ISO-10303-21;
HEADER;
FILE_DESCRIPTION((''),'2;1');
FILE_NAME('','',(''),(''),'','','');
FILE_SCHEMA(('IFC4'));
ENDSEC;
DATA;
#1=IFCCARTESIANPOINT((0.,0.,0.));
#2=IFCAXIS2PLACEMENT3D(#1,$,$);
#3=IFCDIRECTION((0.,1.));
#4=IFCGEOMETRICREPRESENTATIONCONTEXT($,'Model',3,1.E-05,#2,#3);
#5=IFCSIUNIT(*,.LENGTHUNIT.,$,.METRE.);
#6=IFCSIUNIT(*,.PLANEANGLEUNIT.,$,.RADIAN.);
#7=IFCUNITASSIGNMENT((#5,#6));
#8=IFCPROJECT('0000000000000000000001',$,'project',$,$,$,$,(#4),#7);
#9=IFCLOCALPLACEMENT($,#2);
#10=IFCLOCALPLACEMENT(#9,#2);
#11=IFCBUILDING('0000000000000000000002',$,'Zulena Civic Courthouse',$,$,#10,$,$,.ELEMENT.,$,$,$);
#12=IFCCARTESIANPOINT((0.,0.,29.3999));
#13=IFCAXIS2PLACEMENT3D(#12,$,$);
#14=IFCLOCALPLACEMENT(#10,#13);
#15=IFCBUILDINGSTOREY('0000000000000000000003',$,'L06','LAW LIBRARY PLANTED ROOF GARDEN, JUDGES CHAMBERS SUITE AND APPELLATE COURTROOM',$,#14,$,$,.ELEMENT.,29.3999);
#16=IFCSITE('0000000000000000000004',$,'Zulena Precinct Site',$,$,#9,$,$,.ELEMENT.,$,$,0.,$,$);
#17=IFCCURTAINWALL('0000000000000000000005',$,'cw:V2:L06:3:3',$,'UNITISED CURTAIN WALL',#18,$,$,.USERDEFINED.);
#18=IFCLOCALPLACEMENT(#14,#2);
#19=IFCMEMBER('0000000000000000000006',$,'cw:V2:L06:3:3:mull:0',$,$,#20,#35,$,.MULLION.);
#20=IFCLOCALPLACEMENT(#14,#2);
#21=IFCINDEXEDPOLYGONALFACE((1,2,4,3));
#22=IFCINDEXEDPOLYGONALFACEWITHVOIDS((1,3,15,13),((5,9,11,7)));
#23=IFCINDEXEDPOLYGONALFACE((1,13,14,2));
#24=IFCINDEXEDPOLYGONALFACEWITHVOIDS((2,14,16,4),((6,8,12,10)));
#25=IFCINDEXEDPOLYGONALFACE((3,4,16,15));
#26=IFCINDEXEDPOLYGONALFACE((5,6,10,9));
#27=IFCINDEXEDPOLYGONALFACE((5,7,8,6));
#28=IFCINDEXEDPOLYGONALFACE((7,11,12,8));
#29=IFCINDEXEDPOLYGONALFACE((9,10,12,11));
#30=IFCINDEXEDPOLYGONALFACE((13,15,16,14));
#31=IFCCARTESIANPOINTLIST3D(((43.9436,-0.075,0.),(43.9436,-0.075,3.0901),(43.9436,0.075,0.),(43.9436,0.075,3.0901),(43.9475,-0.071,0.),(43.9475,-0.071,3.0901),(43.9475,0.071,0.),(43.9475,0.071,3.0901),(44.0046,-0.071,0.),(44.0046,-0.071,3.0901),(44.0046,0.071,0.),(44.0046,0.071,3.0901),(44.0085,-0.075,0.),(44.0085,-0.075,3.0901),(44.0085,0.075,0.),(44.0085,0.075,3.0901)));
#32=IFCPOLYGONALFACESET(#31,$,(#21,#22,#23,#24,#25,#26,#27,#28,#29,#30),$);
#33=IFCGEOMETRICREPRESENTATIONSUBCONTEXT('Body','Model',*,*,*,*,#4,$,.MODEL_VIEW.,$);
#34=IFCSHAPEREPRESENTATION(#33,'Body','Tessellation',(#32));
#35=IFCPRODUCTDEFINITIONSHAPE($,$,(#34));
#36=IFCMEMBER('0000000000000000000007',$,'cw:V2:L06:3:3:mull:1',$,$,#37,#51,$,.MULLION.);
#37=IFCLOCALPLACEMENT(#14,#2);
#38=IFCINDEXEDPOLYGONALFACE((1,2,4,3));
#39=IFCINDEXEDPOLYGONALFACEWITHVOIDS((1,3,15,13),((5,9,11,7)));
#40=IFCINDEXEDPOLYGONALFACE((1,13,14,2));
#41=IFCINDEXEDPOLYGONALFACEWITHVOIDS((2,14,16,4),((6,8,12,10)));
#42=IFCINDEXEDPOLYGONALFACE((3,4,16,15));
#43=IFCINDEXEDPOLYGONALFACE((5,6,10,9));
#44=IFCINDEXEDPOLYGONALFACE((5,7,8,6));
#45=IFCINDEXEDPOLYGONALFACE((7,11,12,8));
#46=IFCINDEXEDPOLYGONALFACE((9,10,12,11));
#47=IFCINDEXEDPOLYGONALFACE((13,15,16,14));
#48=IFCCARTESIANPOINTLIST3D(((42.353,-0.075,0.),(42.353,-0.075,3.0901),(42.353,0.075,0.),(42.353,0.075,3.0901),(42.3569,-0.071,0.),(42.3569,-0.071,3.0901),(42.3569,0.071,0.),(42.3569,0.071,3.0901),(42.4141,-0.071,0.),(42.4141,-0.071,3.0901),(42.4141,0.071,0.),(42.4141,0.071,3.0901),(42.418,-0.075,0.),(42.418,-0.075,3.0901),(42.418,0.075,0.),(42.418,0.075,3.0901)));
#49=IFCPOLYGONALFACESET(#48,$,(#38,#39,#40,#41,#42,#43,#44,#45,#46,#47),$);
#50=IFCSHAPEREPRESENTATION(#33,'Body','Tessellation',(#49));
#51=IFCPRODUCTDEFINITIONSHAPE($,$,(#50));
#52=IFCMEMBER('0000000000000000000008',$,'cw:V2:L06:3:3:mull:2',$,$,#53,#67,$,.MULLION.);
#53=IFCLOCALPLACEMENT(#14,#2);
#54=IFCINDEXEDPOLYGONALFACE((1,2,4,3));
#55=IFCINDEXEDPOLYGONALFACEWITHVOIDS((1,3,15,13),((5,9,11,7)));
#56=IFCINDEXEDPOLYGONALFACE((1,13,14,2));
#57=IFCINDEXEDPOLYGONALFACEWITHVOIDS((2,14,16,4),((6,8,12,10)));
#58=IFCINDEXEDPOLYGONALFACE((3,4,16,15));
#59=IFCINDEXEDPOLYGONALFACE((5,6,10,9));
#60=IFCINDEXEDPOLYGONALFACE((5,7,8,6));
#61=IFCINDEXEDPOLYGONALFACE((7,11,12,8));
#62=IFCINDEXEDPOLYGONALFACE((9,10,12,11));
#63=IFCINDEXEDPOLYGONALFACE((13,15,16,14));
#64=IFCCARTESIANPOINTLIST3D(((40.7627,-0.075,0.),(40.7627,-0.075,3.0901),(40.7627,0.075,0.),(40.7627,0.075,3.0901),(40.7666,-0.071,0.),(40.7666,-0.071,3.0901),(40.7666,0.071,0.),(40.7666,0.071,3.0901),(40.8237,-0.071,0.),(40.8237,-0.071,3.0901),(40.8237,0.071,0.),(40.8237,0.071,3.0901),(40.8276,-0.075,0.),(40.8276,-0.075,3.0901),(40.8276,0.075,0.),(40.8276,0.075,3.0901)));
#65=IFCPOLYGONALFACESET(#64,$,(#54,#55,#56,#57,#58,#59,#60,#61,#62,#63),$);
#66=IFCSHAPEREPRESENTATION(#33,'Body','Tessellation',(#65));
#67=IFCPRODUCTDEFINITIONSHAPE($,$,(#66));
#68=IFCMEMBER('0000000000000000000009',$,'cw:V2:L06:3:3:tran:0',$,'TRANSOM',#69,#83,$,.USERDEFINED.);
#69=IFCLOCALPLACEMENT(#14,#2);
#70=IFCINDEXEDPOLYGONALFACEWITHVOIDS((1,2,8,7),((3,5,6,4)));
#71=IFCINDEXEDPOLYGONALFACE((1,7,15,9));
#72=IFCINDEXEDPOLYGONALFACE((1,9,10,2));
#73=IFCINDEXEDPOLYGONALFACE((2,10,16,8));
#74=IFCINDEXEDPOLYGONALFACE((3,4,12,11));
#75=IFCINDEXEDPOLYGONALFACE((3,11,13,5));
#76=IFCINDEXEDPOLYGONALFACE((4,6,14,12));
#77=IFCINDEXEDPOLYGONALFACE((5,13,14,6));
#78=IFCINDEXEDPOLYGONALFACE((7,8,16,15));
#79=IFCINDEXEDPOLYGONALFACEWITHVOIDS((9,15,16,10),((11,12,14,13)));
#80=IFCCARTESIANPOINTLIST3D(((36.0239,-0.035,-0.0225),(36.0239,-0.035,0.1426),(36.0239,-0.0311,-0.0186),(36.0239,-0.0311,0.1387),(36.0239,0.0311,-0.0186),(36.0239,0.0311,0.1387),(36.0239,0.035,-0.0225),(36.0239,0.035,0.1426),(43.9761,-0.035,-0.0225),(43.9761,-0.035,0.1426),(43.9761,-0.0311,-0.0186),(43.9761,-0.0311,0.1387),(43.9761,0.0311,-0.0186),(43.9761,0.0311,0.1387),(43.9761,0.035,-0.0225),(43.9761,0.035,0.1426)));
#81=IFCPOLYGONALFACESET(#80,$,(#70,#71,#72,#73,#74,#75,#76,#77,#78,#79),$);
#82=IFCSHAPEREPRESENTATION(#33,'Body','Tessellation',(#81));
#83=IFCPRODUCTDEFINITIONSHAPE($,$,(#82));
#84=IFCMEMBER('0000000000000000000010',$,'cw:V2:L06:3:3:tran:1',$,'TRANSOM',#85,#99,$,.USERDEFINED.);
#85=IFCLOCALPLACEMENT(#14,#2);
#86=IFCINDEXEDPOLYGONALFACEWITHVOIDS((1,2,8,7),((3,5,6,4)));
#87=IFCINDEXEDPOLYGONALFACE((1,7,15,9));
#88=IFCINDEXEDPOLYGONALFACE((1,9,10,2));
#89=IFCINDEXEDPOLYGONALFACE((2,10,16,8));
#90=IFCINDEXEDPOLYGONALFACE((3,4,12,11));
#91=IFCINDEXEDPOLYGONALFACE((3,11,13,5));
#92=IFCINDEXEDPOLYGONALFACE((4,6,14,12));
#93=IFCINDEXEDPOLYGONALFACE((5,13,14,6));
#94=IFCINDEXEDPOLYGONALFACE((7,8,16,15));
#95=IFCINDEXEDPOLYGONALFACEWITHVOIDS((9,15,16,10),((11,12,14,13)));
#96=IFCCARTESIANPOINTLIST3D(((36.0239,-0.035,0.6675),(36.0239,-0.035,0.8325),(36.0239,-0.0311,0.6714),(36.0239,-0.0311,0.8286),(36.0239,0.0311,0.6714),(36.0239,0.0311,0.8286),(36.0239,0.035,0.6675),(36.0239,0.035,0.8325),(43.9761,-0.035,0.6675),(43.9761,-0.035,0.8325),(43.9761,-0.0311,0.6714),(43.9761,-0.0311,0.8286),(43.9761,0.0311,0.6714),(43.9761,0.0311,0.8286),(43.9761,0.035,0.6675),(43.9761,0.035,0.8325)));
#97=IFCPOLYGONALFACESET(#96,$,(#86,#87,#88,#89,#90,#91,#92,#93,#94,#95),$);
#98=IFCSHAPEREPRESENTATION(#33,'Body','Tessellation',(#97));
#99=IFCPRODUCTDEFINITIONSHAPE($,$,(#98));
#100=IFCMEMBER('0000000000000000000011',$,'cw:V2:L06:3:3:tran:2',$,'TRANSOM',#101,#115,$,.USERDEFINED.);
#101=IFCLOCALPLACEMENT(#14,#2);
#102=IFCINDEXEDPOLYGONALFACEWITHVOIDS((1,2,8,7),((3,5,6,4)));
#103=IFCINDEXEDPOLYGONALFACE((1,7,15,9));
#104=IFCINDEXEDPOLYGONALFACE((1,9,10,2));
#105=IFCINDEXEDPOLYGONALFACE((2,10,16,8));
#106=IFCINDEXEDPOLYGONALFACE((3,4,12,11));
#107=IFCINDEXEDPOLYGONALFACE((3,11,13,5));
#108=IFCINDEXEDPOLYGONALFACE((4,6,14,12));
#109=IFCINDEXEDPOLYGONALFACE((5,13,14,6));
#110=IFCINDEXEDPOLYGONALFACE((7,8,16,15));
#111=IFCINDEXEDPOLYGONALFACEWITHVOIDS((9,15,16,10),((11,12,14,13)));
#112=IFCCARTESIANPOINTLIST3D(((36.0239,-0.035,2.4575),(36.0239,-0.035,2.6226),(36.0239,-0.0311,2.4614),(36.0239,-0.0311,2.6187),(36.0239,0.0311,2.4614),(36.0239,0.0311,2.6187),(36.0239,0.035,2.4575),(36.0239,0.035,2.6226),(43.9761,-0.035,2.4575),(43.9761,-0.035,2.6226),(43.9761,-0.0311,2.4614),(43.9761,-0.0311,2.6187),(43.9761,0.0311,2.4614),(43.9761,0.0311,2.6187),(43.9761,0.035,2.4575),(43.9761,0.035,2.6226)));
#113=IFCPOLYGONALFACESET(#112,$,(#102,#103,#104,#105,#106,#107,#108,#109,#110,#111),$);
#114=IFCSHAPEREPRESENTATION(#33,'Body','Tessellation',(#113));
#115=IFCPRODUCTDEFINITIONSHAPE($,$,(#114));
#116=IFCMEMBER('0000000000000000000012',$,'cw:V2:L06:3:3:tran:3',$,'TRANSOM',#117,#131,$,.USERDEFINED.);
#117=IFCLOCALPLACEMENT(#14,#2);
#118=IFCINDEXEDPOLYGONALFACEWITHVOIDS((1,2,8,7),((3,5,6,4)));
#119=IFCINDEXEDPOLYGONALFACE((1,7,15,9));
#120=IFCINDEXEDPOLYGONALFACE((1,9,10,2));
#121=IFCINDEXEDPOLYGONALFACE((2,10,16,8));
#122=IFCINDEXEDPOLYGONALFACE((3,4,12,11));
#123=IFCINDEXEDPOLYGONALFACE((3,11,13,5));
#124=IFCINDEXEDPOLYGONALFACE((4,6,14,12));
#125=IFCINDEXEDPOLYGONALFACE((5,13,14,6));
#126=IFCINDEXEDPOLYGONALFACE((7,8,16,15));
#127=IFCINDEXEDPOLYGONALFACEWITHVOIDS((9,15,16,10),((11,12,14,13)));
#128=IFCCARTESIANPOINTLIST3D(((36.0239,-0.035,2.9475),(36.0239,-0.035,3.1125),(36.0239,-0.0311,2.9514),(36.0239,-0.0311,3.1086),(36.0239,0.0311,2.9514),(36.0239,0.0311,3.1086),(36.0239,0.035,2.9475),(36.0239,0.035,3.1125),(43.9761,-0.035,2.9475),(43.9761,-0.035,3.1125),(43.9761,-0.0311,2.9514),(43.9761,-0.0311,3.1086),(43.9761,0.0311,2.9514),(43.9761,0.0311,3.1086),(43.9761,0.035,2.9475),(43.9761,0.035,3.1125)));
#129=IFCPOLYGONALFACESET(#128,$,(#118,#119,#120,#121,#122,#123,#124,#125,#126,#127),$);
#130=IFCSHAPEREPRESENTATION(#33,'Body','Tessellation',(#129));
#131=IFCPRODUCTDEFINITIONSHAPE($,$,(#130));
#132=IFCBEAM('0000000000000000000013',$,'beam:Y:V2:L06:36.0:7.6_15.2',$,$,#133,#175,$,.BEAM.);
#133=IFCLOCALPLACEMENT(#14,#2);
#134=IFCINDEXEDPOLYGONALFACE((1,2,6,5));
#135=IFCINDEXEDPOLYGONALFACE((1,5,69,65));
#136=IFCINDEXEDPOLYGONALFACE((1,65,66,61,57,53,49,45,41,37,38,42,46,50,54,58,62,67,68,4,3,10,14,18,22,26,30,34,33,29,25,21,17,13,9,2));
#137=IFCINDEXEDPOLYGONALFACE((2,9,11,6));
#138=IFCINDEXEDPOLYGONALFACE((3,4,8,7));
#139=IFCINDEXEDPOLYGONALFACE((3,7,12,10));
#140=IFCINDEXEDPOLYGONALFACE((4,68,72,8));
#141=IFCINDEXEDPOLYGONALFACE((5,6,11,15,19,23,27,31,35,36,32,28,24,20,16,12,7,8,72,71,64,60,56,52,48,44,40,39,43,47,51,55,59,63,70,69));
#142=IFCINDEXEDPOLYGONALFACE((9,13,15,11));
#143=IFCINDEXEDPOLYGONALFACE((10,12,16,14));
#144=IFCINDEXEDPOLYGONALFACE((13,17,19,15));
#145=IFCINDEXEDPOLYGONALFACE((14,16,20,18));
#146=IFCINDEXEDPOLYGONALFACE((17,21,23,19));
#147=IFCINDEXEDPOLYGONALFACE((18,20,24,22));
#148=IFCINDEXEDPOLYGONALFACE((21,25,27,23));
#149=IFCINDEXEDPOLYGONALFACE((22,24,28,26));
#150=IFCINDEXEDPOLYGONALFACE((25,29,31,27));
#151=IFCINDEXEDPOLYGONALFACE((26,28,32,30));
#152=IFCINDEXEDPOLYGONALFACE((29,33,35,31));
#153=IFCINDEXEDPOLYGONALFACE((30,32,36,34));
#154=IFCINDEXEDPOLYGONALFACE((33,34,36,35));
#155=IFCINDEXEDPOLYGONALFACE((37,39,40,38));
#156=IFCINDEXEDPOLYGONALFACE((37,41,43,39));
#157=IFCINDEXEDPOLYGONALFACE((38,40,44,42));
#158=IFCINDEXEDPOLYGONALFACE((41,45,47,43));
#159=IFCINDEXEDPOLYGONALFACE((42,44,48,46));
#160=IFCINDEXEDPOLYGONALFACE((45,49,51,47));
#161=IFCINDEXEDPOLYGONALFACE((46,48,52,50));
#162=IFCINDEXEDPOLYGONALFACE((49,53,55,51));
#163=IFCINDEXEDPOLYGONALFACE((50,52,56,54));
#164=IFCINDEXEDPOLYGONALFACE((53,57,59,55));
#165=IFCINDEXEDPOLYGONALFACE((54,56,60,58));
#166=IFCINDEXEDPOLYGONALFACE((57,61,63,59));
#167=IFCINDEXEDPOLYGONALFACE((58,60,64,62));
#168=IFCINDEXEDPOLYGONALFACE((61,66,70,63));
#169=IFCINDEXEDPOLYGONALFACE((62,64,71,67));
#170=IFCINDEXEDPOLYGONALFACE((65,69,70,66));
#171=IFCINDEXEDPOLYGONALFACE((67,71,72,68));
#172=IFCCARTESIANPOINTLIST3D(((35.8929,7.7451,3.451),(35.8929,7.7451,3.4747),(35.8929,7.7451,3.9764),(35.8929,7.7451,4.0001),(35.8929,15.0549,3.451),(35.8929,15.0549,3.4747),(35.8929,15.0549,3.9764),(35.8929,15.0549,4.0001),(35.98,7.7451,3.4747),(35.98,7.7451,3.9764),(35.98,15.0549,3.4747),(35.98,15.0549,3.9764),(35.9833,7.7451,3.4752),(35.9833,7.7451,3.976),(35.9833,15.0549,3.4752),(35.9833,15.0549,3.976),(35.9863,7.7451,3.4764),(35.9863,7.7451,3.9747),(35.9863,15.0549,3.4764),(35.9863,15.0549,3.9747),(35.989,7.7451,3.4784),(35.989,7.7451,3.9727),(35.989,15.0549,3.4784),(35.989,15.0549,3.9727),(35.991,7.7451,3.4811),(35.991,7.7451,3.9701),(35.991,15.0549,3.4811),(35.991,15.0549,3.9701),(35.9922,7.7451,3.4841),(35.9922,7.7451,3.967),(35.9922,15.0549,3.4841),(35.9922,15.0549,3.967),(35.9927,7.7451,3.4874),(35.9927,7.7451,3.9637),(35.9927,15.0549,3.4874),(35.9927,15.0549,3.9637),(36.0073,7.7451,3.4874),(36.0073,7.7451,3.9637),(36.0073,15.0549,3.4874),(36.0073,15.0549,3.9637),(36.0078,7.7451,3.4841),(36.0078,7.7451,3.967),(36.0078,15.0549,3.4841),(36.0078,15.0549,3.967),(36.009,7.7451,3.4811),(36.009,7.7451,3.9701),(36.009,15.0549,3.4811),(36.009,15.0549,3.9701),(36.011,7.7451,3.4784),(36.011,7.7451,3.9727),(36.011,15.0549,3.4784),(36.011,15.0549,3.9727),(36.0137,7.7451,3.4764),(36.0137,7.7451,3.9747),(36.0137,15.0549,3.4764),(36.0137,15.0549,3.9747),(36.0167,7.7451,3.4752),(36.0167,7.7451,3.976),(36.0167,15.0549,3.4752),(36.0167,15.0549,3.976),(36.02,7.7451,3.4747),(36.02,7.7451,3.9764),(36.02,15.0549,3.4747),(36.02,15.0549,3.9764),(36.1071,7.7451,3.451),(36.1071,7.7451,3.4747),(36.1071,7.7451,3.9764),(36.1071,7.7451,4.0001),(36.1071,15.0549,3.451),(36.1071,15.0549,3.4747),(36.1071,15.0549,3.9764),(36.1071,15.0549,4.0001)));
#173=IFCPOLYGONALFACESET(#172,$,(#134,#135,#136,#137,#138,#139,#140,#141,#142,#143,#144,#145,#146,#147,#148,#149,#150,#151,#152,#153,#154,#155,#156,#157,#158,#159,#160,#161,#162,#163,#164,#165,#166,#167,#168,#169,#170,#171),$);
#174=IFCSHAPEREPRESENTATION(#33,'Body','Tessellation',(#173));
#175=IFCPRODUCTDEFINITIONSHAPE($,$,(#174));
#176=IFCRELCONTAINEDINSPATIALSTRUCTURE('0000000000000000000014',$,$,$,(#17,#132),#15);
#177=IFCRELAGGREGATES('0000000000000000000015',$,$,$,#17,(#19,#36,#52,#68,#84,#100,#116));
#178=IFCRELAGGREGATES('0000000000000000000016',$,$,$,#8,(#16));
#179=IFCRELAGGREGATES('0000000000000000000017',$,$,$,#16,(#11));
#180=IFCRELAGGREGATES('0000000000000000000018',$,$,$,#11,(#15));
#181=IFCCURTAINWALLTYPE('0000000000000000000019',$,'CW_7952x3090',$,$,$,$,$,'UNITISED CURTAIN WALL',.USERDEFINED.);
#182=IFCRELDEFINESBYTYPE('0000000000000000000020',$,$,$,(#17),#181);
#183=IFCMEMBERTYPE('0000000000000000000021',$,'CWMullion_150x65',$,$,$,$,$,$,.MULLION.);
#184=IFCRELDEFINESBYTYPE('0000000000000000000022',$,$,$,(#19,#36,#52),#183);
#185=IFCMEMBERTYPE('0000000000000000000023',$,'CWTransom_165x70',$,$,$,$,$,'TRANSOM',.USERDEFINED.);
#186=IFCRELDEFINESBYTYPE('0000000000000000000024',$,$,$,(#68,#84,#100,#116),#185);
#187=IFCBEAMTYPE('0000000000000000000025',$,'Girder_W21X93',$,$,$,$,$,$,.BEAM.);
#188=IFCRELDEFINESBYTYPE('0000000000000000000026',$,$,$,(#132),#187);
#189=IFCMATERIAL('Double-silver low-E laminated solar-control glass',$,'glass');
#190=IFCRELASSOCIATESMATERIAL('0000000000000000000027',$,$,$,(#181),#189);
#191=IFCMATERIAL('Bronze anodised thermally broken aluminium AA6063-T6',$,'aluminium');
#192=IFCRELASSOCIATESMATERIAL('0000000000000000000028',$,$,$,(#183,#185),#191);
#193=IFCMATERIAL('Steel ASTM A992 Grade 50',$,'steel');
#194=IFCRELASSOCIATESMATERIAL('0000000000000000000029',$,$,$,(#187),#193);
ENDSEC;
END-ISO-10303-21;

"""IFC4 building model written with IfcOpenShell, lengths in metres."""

from ifc_helpers import new_model, si_unit, direction, frame, origin, origin_2d, place, context, subcontext, project, spatial, hollow_rectangle, i_section, extrude, material, material_profile, profile_set, type_object, element, aggregate, save


model = new_model("IFC4")

# Units and contexts
model_context = context("Model", 3, precision=1e-05, world=origin(), true_north=direction((0.0, 1.0)))
body_context = subcontext(model_context, "Body", "Model", "MODEL_VIEW")
ifc_project = project(units=[si_unit("LENGTHUNIT", "METRE"), si_unit("PLANEANGLEUNIT", "RADIAN")], contexts=[model_context])

# Site, building, storey
site_placement = place(None, origin())
site = spatial("IfcSite", under=ifc_project, at=site_placement, Name="Zulena Precinct Site", CompositionType="ELEMENT", RefElevation=0.0)
building_placement = place(site_placement, origin())
building = spatial("IfcBuilding", under=site, at=building_placement, Name="Zulena Civic Courthouse", CompositionType="ELEMENT")
storey_placement = place(building_placement, frame((0.0, 0.0, 29.3999)))
storey = spatial("IfcBuildingStorey", under=building, at=storey_placement, Name="L06", Description="LAW LIBRARY PLANTED ROOF GARDEN, JUDGES CHAMBERS SUITE AND APPELLATE COURTROOM", CompositionType="ELEMENT", Elevation=29.3999)

# Shared definitions
ifc_material_1 = material(Name="Steel ASTM A992 Grade 50", Category="steel")

# Curtain wall, members
ifc_material_2 = material(Name="Double-silver low-E laminated solar-control glass", Category="glass")
curtain_wall_type = type_object("IfcCurtainWallType", Name="CW_7952x3090", ElementType="UNITISED CURTAIN WALL", PredefinedType="USERDEFINED", material=ifc_material_2)
curtain_wall_placement = place(storey_placement, origin())
curtain_wall = element("IfcCurtainWall", 1, at=curtain_wall_placement, inside=storey, type_object=curtain_wall_type, Name="cw:V2:L06:3:3", ObjectType="UNITISED CURTAIN WALL", PredefinedType="USERDEFINED")
ifc_material_3 = material(Name="Bronze anodised thermally broken aluminium AA6063-T6", Category="aluminium")
ifc_material_profile_1 = material_profile(ifc_material_3, hollow_rectangle(XDim=0.0649, YDim=0.1499, WallThickness=0.0039, at=origin_2d()), Name="CWM150X65X4")
ifc_profile_set_1 = profile_set([ifc_material_profile_1], Name="Bronze anodised thermally broken aluminium AA6063-T6")
member_type_1 = type_object("IfcMemberType", Name="CWMullion_150x65", PredefinedType="MULLION", material=ifc_profile_set_1)
member_1_placement = place(storey_placement, frame((43.9761, 0.0, 0.0), z_axis=(0.0, 0.0, 1.0), x_axis=(1.0, 0.0, 0.0)))
member_1 = element("IfcMember", 2, at=member_1_placement, type_object=member_type_1, Name="cw:V2:L06:3:3:mull:0", PredefinedType="MULLION", context=body_context, shape_type="SweptSolid", body=[
    extrude(hollow_rectangle(XDim=0.0649, YDim=0.1499, WallThickness=0.0039, at=origin_2d()), origin(), (0.0, 0.0, 1.0), 3.0901),
])
member_2_placement = place(storey_placement, frame((42.3855, 0.0, 0.0), z_axis=(0.0, 0.0, 1.0), x_axis=(1.0, 0.0, 0.0)))
member_2 = element("IfcMember", 3, at=member_2_placement, type_object=member_type_1, Name="cw:V2:L06:3:3:mull:1", PredefinedType="MULLION", context=body_context, shape_type="SweptSolid", body=[
    extrude(hollow_rectangle(XDim=0.0649, YDim=0.1499, WallThickness=0.0039, at=origin_2d()), origin(), (0.0, 0.0, 1.0), 3.0901),
])
member_3_placement = place(storey_placement, frame((40.7952, 0.0, 0.0), z_axis=(0.0, 0.0, 1.0), x_axis=(1.0, 0.0, 0.0)))
member_3 = element("IfcMember", 4, at=member_3_placement, type_object=member_type_1, Name="cw:V2:L06:3:3:mull:2", PredefinedType="MULLION", context=body_context, shape_type="SweptSolid", body=[
    extrude(hollow_rectangle(XDim=0.0649, YDim=0.1499, WallThickness=0.0039, at=origin_2d()), origin(), (0.0, 0.0, 1.0), 3.0901),
])
ifc_material_profile_2 = material_profile(ifc_material_3, hollow_rectangle(XDim=0.0701, YDim=0.165, WallThickness=0.0039, at=origin_2d()), Name="CWT165X70X4")
ifc_profile_set_2 = profile_set([ifc_material_profile_2], Name="Bronze anodised thermally broken aluminium AA6063-T6")
member_type_2 = type_object("IfcMemberType", Name="CWTransom_165x70", ElementType="TRANSOM", PredefinedType="USERDEFINED", material=ifc_profile_set_2)
member_4_placement = place(storey_placement, frame((43.9761, 0.0, 0.0601), z_axis=(-1.0, 0.0, 0.0), x_axis=(0.0, -1.0, 0.0)))
member_4 = element("IfcMember", 5, at=member_4_placement, type_object=member_type_2, Name="cw:V2:L06:3:3:tran:0", ObjectType="TRANSOM", PredefinedType="USERDEFINED", context=body_context, shape_type="SweptSolid", body=[
    extrude(hollow_rectangle(XDim=0.0701, YDim=0.165, WallThickness=0.0039, at=origin_2d()), origin(), (0.0, 0.0, 1.0), 7.9521),
])
member_5_placement = place(storey_placement, frame((43.9761, 0.0, 0.75), z_axis=(-1.0, 0.0, 0.0), x_axis=(0.0, -1.0, 0.0)))
member_5 = element("IfcMember", 6, at=member_5_placement, type_object=member_type_2, Name="cw:V2:L06:3:3:tran:1", ObjectType="TRANSOM", PredefinedType="USERDEFINED", context=body_context, shape_type="SweptSolid", body=[
    extrude(hollow_rectangle(XDim=0.0701, YDim=0.165, WallThickness=0.0039, at=origin_2d()), origin(), (0.0, 0.0, 1.0), 7.9521),
])
member_6_placement = place(storey_placement, frame((43.9761, 0.0, 2.54), z_axis=(-1.0, 0.0, 0.0), x_axis=(0.0, -1.0, 0.0)))
member_6 = element("IfcMember", 7, at=member_6_placement, type_object=member_type_2, Name="cw:V2:L06:3:3:tran:2", ObjectType="TRANSOM", PredefinedType="USERDEFINED", context=body_context, shape_type="SweptSolid", body=[
    extrude(hollow_rectangle(XDim=0.0701, YDim=0.165, WallThickness=0.0039, at=origin_2d()), origin(), (0.0, 0.0, 1.0), 7.9521),
])
member_7_placement = place(storey_placement, frame((43.9761, 0.0, 3.03), z_axis=(-1.0, 0.0, 0.0), x_axis=(0.0, -1.0, 0.0)))
member_7 = element("IfcMember", 8, at=member_7_placement, type_object=member_type_2, Name="cw:V2:L06:3:3:tran:3", ObjectType="TRANSOM", PredefinedType="USERDEFINED", context=body_context, shape_type="SweptSolid", body=[
    extrude(hollow_rectangle(XDim=0.0701, YDim=0.165, WallThickness=0.0039, at=origin_2d()), origin(), (0.0, 0.0, 1.0), 7.9521),
])

# Beam
ifc_material_profile_3 = material_profile(ifc_material_1, i_section(OverallWidth=0.2141, OverallDepth=0.5491, WebThickness=0.0146, FlangeThickness=0.0237, FilletRadius=0.0127, at=origin_2d()), Name="W21X93")
ifc_profile_set_3 = profile_set([ifc_material_profile_3], Name="Steel ASTM A992 Grade 50")
beam_type_1 = type_object("IfcBeamType", Name="Girder_W21X93", PredefinedType="BEAM", material=ifc_profile_set_3)
for number, where, z_axis, x_axis, name in (
    (9, (36.0, 7.7451, 3.7256), (0.0, 1.0, 0.0), (-1.0, 0.0, 0.0), "beam:Y:V2:L06:36.0:7.6_15.2"),
):
    element("IfcBeam", number, at=place(storey_placement, frame(where, z_axis=z_axis, x_axis=x_axis)), inside=storey, type_object=beam_type_1, Name=name, PredefinedType="BEAM", context=body_context, shape_type="SweptSolid", body=[
        extrude(i_section(OverallWidth=0.2141, OverallDepth=0.5491, WebThickness=0.0146, FlangeThickness=0.0237, FilletRadius=0.0127, at=origin_2d()), origin(), (0.0, 0.0, 1.0), 7.3098),
    ])

aggregate(curtain_wall, [member_1, member_2, member_3, member_4, member_5, member_6, member_7])

save(model, "model.ifc")
